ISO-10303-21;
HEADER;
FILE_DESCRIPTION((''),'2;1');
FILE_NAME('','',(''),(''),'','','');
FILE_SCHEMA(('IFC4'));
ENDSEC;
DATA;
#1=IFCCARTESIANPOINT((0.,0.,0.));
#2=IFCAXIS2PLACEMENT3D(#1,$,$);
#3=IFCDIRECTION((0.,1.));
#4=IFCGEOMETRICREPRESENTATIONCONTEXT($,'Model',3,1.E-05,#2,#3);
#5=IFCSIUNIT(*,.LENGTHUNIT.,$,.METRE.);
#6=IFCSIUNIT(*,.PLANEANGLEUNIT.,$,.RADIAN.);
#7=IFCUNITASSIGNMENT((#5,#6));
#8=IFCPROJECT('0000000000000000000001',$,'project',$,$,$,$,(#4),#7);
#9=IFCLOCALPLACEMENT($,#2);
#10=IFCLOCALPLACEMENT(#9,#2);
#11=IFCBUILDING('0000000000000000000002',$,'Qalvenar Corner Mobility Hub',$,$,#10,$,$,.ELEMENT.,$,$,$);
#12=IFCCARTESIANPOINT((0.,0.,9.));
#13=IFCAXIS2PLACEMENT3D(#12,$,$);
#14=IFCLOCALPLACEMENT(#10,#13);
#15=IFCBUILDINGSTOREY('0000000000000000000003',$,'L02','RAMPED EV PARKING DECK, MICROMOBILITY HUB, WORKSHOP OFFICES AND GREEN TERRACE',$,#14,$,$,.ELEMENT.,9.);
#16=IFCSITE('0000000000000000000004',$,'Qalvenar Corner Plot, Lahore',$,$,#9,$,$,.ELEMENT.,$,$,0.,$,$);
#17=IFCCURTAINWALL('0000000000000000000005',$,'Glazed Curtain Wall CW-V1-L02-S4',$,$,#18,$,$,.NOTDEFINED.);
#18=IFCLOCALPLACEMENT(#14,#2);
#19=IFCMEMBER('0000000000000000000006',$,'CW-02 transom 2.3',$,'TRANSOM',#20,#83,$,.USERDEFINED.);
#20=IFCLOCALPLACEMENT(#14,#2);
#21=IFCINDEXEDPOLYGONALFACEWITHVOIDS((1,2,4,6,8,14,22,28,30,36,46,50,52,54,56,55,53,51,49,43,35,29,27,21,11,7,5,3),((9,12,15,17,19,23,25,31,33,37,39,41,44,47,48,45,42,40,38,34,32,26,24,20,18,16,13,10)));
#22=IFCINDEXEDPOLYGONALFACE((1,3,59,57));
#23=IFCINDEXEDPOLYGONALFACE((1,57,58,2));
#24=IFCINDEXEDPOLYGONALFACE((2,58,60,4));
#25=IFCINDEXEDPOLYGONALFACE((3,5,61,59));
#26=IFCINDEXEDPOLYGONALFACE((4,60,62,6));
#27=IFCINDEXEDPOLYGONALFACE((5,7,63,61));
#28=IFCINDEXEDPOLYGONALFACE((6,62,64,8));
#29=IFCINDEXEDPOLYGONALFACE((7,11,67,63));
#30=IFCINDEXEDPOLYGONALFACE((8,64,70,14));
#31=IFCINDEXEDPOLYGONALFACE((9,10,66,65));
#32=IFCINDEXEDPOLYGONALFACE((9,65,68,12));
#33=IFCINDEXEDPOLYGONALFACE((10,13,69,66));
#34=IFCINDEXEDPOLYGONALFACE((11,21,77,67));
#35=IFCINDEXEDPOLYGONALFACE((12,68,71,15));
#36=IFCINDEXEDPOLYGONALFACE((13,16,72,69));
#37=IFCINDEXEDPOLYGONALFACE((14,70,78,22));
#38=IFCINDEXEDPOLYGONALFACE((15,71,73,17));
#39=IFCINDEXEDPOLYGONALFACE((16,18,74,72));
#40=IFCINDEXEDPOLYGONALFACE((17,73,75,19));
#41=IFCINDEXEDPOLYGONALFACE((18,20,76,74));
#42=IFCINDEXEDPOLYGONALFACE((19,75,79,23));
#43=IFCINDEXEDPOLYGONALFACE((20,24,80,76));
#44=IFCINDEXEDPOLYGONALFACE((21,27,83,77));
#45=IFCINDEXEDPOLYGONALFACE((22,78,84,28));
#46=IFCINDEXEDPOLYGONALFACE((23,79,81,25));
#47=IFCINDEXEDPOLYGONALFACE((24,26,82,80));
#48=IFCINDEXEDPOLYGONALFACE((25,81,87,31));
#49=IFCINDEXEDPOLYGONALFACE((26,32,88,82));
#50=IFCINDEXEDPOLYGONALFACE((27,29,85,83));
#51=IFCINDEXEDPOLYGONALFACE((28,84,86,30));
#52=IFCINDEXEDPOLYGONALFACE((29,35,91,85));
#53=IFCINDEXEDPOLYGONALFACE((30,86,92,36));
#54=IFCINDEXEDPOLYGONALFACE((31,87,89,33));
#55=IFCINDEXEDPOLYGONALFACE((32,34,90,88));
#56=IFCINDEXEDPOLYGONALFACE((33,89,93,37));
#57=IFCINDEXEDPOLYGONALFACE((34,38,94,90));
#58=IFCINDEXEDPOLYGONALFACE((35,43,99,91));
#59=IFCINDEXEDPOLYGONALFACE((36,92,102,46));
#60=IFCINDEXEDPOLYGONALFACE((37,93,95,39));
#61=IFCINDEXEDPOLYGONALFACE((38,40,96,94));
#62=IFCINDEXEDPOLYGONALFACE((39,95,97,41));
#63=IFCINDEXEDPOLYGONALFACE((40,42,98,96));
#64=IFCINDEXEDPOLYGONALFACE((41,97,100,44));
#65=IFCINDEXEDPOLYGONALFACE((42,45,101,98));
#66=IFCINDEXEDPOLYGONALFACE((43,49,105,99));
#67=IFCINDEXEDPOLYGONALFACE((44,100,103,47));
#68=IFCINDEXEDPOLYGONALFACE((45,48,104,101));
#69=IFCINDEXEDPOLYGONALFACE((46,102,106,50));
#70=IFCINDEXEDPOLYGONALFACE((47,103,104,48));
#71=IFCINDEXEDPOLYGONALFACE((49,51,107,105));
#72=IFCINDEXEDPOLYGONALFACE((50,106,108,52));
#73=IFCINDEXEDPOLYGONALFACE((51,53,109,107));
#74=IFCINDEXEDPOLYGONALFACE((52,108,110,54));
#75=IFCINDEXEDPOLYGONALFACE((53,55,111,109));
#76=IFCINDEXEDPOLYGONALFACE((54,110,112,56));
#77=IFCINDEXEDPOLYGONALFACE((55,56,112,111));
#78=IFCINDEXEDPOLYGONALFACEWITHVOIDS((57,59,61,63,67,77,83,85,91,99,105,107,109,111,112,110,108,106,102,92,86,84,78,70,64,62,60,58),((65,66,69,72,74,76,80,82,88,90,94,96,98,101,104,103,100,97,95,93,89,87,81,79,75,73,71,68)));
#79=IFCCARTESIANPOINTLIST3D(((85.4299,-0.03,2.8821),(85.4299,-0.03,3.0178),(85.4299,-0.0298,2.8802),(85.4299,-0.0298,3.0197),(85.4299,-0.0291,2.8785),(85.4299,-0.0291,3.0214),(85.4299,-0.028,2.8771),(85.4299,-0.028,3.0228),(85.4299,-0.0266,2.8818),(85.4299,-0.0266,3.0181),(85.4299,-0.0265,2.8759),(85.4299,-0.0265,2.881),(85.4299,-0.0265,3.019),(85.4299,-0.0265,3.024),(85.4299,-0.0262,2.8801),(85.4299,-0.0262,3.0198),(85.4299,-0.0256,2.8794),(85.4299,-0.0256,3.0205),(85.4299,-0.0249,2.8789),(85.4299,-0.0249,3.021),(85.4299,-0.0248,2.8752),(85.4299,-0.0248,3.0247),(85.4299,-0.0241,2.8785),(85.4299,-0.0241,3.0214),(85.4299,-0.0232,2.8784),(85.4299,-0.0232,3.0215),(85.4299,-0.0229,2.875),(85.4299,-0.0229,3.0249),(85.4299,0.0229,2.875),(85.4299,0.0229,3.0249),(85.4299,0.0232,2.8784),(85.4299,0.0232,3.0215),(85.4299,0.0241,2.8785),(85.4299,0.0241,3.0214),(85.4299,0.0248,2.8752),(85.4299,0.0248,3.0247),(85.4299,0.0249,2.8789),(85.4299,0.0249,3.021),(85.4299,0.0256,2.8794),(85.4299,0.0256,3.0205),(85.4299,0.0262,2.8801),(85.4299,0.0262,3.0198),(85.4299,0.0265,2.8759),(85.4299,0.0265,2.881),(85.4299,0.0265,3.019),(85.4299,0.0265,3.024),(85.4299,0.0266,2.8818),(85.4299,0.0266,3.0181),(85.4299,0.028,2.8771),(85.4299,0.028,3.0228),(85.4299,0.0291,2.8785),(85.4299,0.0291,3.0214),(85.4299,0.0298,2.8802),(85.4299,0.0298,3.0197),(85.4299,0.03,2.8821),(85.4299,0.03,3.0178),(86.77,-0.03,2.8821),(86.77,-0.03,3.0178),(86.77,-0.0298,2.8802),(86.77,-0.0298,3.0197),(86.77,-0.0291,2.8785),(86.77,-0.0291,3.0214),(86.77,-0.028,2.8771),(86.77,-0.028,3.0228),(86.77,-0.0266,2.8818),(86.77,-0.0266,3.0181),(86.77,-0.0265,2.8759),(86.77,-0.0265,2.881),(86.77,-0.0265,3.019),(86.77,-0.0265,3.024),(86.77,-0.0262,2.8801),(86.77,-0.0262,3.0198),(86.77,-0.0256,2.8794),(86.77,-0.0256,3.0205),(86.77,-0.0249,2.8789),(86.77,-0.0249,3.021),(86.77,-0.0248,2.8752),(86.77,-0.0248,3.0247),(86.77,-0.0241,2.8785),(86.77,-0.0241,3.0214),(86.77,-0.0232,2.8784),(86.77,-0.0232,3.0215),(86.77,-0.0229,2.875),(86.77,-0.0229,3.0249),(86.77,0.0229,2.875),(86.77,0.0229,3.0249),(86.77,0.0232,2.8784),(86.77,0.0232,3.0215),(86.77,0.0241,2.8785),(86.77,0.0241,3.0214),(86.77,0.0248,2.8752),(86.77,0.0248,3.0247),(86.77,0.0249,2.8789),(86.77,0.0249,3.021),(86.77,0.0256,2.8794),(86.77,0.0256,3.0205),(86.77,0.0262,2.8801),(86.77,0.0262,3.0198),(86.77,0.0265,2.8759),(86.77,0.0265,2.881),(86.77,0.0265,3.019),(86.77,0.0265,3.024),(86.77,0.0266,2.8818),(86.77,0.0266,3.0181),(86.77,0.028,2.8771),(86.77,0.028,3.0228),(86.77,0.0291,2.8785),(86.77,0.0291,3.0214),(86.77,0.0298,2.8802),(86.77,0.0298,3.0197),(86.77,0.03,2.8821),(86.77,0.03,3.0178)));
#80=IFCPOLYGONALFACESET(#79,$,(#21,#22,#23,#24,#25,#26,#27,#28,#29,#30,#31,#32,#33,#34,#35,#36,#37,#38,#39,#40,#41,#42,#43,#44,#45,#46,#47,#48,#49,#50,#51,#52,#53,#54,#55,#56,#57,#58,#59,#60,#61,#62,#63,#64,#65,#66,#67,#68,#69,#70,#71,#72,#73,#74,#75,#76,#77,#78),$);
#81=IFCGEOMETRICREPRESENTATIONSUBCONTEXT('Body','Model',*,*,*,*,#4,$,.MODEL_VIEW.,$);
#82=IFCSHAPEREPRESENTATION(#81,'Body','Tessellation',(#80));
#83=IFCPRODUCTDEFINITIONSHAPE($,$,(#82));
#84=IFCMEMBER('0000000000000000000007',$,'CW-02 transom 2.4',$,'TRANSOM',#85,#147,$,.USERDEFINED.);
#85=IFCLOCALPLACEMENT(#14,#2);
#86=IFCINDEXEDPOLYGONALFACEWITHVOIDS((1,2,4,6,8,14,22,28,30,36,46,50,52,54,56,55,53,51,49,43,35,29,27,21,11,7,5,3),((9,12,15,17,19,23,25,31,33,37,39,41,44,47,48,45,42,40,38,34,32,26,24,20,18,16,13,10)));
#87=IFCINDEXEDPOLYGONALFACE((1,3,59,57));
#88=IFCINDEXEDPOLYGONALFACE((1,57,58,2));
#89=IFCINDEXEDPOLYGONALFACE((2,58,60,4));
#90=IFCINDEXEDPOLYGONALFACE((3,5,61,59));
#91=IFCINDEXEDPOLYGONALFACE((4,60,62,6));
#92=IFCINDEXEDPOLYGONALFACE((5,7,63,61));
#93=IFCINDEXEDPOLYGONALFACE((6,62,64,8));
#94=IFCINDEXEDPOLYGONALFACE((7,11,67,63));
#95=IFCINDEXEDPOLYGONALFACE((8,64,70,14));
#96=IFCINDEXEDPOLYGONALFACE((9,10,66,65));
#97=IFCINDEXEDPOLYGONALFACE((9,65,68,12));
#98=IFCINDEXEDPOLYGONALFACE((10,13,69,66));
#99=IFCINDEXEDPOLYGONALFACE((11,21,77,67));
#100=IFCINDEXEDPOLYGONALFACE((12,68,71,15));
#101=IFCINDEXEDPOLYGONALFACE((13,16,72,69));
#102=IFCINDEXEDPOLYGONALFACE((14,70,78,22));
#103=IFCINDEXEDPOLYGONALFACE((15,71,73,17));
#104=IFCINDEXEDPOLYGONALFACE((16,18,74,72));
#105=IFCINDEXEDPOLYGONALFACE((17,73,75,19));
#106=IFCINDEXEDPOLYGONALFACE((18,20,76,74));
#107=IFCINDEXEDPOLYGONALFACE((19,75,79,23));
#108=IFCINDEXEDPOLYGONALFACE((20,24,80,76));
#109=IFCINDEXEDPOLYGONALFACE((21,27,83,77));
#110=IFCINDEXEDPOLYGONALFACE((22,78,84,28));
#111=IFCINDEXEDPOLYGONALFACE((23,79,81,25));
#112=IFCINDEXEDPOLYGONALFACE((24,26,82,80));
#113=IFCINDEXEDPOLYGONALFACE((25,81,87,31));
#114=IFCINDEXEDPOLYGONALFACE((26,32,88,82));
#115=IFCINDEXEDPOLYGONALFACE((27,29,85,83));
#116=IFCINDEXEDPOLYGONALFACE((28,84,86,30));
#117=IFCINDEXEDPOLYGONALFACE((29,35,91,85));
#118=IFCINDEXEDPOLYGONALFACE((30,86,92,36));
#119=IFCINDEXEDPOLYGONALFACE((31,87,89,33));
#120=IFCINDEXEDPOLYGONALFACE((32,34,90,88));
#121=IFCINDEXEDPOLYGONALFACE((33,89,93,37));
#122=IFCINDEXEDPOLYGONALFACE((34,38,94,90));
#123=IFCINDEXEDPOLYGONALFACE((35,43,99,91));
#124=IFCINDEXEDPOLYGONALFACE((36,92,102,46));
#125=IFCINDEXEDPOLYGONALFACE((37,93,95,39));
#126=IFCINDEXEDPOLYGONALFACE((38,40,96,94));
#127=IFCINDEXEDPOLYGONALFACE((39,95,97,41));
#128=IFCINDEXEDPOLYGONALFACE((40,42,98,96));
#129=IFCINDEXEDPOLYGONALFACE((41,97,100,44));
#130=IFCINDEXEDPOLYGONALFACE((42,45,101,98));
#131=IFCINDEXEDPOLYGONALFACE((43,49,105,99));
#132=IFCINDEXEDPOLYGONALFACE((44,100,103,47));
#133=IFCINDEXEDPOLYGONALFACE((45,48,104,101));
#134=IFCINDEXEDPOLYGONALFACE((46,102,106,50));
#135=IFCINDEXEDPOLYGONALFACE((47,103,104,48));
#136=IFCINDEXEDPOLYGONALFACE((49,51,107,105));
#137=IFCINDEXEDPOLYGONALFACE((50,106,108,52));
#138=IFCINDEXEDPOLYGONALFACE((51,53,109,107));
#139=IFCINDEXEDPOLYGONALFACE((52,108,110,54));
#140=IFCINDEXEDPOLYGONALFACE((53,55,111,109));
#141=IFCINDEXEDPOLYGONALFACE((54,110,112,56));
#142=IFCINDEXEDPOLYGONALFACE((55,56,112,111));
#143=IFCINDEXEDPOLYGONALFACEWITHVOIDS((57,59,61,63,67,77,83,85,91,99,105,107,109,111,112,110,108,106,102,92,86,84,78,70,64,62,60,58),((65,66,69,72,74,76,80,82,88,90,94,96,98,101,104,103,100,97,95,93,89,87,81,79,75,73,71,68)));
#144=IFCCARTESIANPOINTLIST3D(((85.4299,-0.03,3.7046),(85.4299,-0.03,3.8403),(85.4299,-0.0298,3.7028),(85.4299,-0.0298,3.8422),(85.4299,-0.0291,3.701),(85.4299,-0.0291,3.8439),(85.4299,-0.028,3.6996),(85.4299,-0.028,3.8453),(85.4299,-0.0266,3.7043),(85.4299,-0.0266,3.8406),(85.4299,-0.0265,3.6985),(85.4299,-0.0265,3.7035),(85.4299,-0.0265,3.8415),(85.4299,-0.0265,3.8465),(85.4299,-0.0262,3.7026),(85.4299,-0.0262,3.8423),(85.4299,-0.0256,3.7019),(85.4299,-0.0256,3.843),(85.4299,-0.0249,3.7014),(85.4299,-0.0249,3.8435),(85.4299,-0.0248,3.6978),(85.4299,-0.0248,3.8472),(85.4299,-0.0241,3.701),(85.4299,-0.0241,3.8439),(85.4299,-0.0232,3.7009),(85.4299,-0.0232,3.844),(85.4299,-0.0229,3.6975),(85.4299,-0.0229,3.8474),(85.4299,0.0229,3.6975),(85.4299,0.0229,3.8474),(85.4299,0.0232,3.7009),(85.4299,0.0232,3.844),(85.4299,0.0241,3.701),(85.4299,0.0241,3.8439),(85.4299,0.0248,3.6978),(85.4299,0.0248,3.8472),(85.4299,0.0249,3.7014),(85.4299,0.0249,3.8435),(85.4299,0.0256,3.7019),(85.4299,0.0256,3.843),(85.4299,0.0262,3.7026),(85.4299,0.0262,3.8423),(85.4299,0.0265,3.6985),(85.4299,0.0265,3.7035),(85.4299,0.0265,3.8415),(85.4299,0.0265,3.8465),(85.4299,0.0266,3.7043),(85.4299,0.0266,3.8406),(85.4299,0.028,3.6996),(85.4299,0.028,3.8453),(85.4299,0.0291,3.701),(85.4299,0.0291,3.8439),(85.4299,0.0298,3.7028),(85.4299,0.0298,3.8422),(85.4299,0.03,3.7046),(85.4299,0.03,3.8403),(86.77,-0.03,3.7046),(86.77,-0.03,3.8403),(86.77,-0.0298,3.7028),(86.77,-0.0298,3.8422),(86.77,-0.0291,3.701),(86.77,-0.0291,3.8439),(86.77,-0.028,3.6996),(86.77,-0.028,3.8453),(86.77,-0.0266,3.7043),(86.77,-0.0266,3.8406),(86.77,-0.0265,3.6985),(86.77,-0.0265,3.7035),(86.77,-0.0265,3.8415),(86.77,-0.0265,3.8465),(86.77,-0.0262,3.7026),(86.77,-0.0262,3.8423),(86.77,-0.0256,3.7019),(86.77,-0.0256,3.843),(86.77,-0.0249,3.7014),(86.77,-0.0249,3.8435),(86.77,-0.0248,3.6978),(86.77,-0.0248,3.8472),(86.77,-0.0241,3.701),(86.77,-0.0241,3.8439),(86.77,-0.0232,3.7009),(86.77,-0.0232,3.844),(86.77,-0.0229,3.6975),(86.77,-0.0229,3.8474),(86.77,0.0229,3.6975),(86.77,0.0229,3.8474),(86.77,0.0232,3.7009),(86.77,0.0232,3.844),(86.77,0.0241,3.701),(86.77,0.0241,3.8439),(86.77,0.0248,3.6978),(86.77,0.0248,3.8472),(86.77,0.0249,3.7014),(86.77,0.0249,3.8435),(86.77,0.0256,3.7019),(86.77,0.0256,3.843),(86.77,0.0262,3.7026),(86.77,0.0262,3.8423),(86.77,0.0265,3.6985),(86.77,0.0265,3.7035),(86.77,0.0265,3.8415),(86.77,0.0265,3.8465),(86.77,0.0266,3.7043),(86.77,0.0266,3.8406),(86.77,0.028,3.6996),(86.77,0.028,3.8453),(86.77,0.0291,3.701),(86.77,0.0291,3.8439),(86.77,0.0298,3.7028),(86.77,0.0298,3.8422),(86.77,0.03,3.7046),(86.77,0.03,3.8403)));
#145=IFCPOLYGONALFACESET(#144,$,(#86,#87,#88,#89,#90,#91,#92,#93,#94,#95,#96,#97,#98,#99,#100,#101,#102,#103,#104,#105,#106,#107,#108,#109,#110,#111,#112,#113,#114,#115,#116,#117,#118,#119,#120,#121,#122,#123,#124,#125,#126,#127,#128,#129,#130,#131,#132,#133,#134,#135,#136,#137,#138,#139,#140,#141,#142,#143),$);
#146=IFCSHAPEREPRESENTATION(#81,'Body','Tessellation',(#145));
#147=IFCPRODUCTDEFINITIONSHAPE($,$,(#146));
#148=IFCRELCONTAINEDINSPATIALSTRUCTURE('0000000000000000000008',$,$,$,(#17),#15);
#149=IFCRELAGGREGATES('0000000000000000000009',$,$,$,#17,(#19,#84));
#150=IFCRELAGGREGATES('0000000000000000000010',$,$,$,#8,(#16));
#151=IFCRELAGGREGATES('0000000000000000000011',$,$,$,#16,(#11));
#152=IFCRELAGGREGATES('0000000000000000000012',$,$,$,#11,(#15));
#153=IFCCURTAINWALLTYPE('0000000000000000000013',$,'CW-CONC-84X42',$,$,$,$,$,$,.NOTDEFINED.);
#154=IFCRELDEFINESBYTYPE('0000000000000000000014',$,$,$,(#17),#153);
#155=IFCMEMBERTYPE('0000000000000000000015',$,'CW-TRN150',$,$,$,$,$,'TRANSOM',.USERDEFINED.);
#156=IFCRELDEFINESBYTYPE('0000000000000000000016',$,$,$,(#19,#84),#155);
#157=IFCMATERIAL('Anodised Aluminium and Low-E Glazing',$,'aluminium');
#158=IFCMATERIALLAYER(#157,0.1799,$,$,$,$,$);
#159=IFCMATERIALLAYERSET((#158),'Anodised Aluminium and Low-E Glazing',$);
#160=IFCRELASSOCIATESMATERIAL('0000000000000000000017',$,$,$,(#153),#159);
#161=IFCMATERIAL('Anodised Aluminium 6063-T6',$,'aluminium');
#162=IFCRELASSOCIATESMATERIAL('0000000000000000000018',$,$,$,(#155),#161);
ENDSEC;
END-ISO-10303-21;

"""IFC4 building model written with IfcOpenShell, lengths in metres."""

from ifc_helpers import new_model, si_unit, direction, frame, origin, origin_2d, place, context, subcontext, project, spatial, hollow_rectangle, extrude, material, layer, layer_set, material_profile, profile_set, type_object, element, aggregate, save


model = new_model("IFC4")

# Units and contexts
model_context = context("Model", 3, precision=1e-05, world=origin(), true_north=direction((0.0, 1.0)))
body_context = subcontext(model_context, "Body", "Model", "MODEL_VIEW")
ifc_project = project(units=[si_unit("LENGTHUNIT", "METRE"), si_unit("PLANEANGLEUNIT", "RADIAN")], contexts=[model_context])

# Site, building, storey
site_placement = place(None, origin())
site = spatial("IfcSite", under=ifc_project, at=site_placement, Name="Qalvenar Corner Plot, Lahore", CompositionType="ELEMENT", RefElevation=0.0)
building_placement = place(site_placement, origin())
building = spatial("IfcBuilding", under=site, at=building_placement, Name="Qalvenar Corner Mobility Hub", CompositionType="ELEMENT")
storey_placement = place(building_placement, frame((0.0, 0.0, 9.0)))
storey = spatial("IfcBuildingStorey", under=building, at=storey_placement, Name="L02", Description="RAMPED EV PARKING DECK, MICROMOBILITY HUB, WORKSHOP OFFICES AND GREEN TERRACE", CompositionType="ELEMENT", Elevation=9.0)

# Curtain wall, members
ifc_material_1 = material(Name="Anodised Aluminium and Low-E Glazing", Category="aluminium")
ifc_layer_1 = layer(ifc_material_1, 0.1799)
ifc_layer_set_1 = layer_set([ifc_layer_1], Name="Anodised Aluminium and Low-E Glazing")
curtain_wall_type = type_object("IfcCurtainWallType", Name="CW-CONC-84X42", PredefinedType="NOTDEFINED", material=ifc_layer_set_1)
curtain_wall_placement = place(storey_placement, origin())
curtain_wall = element("IfcCurtainWall", 1, at=curtain_wall_placement, inside=storey, type_object=curtain_wall_type, Name="Glazed Curtain Wall CW-V1-L02-S4", PredefinedType="NOTDEFINED")
ifc_material_2 = material(Name="Anodised Aluminium 6063-T6", Category="aluminium")
ifc_material_profile_1 = material_profile(ifc_material_2, hollow_rectangle(XDim=0.0601, YDim=0.1499, WallThickness=0.0034, InnerFilletRadius=0.0034, OuterFilletRadius=0.0071, at=origin_2d()), Name="RHS150x60x3.5")
ifc_profile_set_1 = profile_set([ifc_material_profile_1], Name="Anodised Aluminium 6063-T6")
member_type_1 = type_object("IfcMemberType", Name="CW-TRN150", ElementType="TRANSOM", PredefinedType="USERDEFINED", material=ifc_profile_set_1)
member_1_placement = place(storey_placement, frame((85.4299, 0.0, 2.95), z_axis=(1.0, 0.0, 0.0), x_axis=(0.0, 1.0, 0.0)))
member_1 = element("IfcMember", 2, at=member_1_placement, type_object=member_type_1, Name="CW-02 transom 2.3", ObjectType="TRANSOM", PredefinedType="USERDEFINED", context=body_context, shape_type="SweptSolid", body=[
    extrude(hollow_rectangle(XDim=0.0601, YDim=0.1499, WallThickness=0.0034, InnerFilletRadius=0.0034, OuterFilletRadius=0.0071, at=origin_2d()), origin(), (0.0, 0.0, 1.0), 1.3401),
])
member_2_placement = place(storey_placement, frame((85.4299, 0.0, 3.7725), z_axis=(1.0, 0.0, 0.0), x_axis=(0.0, 1.0, 0.0)))
member_2 = element("IfcMember", 3, at=member_2_placement, type_object=member_type_1, Name="CW-02 transom 2.4", ObjectType="TRANSOM", PredefinedType="USERDEFINED", context=body_context, shape_type="SweptSolid", body=[
    extrude(hollow_rectangle(XDim=0.0601, YDim=0.1499, WallThickness=0.0034, InnerFilletRadius=0.0034, OuterFilletRadius=0.0071, at=origin_2d()), origin(), (0.0, 0.0, 1.0), 1.3401),
])
aggregate(curtain_wall, [member_1, member_2])

save(model, "model.ifc")
